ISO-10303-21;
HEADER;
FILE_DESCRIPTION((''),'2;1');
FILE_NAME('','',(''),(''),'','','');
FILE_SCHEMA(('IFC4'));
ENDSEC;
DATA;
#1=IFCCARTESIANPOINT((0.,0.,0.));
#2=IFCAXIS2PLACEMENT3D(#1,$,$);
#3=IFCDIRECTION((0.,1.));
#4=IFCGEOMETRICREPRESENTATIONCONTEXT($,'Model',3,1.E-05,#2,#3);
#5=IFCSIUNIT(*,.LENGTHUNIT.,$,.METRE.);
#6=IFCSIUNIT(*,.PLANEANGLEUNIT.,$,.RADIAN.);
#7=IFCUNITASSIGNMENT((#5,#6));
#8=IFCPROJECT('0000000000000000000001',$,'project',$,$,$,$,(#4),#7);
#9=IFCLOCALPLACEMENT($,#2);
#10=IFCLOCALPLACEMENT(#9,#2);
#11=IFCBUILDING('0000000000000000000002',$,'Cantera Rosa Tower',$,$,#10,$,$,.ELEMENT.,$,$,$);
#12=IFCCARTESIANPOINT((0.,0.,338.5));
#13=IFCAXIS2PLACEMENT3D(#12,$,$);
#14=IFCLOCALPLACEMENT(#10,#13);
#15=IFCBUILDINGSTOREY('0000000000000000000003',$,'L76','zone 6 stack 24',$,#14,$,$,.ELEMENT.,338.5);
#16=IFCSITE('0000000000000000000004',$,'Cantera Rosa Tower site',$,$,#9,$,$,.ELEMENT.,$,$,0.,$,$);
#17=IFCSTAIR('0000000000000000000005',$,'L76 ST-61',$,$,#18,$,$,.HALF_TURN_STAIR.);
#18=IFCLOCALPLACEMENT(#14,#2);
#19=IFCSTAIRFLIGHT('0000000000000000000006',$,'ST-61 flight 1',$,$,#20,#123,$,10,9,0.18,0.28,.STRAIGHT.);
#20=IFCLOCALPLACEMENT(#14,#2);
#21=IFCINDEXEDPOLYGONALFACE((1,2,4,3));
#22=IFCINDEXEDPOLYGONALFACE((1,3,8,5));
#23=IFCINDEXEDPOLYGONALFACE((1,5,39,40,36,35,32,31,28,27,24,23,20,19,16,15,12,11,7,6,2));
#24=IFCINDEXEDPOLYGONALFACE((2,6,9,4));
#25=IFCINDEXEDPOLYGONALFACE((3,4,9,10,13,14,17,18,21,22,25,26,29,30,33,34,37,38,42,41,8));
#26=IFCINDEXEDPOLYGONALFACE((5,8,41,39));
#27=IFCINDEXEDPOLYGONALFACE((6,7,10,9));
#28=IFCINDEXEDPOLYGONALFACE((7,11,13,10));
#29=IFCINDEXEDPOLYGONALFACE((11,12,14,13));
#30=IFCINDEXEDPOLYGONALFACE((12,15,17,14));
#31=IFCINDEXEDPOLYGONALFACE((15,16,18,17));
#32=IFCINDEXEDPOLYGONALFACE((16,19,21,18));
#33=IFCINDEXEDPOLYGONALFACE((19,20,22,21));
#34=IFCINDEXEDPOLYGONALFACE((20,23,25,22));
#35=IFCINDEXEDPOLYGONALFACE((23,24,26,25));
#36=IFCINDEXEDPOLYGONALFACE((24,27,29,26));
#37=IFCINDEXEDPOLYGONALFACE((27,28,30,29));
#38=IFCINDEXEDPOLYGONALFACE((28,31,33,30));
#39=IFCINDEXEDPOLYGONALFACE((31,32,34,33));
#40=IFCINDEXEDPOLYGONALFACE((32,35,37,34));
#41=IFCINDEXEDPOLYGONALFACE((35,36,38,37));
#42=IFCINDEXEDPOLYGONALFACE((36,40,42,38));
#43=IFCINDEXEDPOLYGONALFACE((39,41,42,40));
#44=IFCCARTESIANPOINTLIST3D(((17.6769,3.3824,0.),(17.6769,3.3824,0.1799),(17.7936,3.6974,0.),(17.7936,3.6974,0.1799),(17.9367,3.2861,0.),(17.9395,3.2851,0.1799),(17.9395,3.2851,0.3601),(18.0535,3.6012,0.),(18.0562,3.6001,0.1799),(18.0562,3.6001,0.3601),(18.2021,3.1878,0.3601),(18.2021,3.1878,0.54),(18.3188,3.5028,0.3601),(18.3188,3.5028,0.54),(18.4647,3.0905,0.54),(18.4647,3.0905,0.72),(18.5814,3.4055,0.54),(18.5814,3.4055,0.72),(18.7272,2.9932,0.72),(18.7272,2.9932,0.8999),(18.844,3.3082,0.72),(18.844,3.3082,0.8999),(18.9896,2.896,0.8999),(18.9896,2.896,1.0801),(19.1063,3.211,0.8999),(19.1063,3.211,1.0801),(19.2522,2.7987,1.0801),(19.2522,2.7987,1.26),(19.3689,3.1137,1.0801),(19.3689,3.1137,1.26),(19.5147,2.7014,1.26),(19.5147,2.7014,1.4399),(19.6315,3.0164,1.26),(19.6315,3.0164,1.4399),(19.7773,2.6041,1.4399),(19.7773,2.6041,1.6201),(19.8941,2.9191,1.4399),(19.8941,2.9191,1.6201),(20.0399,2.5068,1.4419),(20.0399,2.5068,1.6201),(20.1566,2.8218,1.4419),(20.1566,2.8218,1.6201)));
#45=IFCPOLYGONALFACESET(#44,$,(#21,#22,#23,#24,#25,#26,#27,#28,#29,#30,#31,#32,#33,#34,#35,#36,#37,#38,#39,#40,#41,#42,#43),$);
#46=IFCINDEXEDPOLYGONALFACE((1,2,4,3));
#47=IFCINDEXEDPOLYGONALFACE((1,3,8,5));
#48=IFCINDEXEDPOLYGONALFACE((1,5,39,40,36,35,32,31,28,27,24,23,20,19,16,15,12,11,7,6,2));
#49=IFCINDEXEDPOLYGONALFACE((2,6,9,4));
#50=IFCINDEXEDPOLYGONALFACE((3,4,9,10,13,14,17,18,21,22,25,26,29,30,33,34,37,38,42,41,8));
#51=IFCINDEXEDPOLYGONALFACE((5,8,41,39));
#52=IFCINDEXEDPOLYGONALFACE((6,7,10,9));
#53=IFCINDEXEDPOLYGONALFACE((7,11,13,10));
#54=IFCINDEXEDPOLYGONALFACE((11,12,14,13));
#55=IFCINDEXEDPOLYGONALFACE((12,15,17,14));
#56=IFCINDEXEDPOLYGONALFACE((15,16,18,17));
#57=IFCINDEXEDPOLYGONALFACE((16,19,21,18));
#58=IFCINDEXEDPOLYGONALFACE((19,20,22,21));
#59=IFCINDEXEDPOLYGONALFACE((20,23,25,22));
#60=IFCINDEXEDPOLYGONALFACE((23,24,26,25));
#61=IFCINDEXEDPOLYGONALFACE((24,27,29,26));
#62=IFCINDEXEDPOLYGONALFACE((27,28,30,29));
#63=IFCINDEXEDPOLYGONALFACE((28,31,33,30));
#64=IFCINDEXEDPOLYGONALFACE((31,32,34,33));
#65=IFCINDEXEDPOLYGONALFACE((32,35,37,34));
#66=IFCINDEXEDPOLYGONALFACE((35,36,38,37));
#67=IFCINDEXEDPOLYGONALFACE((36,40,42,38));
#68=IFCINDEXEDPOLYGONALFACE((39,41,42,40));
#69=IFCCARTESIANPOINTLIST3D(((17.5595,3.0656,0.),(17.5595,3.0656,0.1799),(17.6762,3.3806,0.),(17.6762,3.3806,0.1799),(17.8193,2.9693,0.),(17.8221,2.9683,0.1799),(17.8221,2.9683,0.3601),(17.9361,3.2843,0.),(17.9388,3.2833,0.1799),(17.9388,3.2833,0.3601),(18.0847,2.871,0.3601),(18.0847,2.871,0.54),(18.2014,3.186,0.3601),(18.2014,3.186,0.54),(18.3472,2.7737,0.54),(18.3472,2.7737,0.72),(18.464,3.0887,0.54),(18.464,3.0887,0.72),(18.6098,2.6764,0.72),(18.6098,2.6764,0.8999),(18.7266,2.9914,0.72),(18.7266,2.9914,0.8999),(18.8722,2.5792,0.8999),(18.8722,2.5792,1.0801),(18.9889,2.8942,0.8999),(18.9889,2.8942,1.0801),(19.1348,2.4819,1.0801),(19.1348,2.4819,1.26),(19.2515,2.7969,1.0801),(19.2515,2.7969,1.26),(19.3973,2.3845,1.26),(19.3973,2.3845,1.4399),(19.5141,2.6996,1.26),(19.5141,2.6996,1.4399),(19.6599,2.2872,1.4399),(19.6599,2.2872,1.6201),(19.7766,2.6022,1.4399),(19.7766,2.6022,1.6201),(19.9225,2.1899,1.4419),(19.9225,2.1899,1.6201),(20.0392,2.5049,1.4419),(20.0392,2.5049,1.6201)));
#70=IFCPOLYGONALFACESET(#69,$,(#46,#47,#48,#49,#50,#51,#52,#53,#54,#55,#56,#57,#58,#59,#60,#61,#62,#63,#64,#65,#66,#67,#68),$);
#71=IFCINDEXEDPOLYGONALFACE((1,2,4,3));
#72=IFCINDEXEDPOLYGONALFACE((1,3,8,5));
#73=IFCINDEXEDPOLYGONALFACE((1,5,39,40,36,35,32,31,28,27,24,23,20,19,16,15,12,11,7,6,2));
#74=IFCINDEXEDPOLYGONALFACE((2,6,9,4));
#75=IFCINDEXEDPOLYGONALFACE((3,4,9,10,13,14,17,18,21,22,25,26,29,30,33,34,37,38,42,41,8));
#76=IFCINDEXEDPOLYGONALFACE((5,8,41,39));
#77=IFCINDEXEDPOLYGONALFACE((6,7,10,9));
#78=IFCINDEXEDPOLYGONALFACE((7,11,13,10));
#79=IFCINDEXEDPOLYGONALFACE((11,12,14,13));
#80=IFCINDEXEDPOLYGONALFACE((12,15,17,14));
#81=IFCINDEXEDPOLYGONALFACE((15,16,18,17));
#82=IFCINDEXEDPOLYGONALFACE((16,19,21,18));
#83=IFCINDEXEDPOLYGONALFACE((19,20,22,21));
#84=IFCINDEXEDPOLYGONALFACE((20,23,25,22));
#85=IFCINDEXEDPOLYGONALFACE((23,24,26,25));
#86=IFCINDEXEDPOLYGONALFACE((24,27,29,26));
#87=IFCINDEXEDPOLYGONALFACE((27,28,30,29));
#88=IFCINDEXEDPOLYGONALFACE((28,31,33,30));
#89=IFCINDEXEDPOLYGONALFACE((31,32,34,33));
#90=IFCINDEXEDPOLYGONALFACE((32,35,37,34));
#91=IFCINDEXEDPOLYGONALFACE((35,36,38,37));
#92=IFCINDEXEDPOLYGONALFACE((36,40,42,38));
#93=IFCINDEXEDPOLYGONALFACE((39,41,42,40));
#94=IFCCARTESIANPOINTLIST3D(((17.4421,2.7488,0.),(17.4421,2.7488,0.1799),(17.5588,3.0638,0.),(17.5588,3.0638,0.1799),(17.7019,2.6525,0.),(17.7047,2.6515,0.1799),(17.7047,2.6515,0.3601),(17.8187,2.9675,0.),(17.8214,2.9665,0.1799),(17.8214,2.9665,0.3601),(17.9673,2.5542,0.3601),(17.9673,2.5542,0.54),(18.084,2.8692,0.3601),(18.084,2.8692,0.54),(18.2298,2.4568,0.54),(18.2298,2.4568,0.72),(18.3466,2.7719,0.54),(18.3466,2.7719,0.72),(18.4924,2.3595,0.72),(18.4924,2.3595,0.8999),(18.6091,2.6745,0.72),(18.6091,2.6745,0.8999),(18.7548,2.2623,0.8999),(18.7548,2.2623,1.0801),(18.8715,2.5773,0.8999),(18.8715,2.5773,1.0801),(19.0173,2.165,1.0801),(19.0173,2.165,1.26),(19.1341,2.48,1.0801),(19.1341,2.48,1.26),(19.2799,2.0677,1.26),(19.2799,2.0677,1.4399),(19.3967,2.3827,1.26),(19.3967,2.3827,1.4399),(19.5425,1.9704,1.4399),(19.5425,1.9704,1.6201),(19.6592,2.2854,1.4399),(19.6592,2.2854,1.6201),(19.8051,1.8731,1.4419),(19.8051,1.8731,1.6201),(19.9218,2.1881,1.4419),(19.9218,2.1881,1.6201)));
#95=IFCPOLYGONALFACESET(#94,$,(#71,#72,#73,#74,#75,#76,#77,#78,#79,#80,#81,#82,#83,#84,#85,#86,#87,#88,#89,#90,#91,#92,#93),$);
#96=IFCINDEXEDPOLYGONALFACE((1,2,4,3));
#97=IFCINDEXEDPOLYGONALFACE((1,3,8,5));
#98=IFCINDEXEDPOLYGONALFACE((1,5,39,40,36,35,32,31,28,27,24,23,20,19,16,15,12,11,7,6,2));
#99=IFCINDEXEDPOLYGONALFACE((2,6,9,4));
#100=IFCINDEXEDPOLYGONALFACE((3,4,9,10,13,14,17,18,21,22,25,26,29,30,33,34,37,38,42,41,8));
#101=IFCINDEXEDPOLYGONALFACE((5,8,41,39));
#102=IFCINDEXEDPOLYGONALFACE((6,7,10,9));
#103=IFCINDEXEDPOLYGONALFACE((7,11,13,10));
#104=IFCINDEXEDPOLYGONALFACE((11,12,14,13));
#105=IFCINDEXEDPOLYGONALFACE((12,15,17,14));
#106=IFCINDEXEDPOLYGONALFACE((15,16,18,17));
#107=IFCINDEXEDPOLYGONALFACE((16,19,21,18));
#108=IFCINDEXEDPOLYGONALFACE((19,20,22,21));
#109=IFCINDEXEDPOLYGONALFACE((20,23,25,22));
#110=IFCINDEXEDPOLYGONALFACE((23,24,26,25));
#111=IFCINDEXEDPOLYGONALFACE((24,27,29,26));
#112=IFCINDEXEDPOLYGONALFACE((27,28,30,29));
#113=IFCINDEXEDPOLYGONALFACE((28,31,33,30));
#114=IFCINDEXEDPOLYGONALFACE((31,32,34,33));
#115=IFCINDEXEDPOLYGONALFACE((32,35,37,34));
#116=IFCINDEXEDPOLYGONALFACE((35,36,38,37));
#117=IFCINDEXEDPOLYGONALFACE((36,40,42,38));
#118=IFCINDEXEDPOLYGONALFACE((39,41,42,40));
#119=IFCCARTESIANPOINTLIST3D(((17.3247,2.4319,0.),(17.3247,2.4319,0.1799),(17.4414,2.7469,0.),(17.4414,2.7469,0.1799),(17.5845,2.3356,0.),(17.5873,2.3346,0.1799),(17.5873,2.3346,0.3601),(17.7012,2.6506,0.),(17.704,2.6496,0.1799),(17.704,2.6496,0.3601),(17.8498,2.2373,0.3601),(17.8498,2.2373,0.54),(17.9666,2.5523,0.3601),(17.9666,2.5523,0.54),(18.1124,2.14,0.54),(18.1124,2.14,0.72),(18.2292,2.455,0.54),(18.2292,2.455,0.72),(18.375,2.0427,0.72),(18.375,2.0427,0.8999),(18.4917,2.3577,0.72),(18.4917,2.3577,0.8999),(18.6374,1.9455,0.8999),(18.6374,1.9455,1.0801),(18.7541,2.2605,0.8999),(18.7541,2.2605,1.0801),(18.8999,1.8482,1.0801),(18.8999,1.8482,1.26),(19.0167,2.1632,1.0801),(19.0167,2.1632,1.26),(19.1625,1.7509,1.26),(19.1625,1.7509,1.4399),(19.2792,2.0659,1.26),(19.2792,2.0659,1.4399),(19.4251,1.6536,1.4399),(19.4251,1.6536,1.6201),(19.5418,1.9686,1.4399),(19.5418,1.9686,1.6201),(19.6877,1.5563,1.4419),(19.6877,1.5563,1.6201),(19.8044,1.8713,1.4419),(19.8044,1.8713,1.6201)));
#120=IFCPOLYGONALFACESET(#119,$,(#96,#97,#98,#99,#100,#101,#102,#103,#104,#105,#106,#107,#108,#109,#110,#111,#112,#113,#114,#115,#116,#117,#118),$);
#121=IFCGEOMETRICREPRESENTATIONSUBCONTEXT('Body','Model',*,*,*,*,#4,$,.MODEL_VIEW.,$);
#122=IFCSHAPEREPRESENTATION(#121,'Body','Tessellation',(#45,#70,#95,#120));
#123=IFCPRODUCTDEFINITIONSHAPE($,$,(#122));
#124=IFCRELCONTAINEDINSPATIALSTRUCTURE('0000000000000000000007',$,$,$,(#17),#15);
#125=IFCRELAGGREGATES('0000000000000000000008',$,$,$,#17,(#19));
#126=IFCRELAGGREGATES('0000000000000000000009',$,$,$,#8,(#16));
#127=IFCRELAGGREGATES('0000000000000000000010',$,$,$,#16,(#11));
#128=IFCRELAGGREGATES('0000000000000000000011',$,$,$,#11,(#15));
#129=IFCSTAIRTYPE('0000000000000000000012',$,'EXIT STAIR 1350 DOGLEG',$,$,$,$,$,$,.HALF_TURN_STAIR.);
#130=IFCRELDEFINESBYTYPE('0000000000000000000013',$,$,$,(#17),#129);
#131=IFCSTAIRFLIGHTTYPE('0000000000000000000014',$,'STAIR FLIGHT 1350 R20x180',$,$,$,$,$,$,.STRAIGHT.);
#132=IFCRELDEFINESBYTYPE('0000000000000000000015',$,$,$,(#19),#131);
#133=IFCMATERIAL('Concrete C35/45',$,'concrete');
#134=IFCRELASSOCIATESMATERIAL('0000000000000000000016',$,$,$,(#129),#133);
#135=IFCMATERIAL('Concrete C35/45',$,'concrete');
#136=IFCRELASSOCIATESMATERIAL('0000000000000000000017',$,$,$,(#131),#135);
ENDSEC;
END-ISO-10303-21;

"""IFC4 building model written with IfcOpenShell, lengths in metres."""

from ifc_helpers import new_model, si_unit, direction, frame, origin, place, context, subcontext, project, spatial, polyline, outline, extrude, material, type_object, element, aggregate, save


model = new_model("IFC4")

# Units and contexts
model_context = context("Model", 3, precision=1e-05, world=origin(), true_north=direction((0.0, 1.0)))
body_context = subcontext(model_context, "Body", "Model", "MODEL_VIEW")
ifc_project = project(units=[si_unit("LENGTHUNIT", "METRE"), si_unit("PLANEANGLEUNIT", "RADIAN")], contexts=[model_context])

# Site, building, storey
site_placement = place(None, origin())
site = spatial("IfcSite", under=ifc_project, at=site_placement, Name="Cantera Rosa Tower site", CompositionType="ELEMENT", RefElevation=0.0)
building_placement = place(site_placement, origin())
building = spatial("IfcBuilding", under=site, at=building_placement, Name="Cantera Rosa Tower", CompositionType="ELEMENT")
storey_placement = place(building_placement, frame((0.0, 0.0, 338.5)))
storey = spatial("IfcBuildingStorey", under=building, at=storey_placement, Name="L76", Description="zone 6 stack 24", CompositionType="ELEMENT", Elevation=338.5)

# Stair, stair flight
ifc_material_1 = material(Name="Concrete C35/45", Category="concrete")
stair_type = type_object("IfcStairType", Name="EXIT STAIR 1350 DOGLEG", PredefinedType="HALF_TURN_STAIR", material=ifc_material_1)
stair_placement = place(storey_placement, origin())
stair = element("IfcStair", 1, at=stair_placement, inside=storey, type_object=stair_type, Name="L76 ST-61", PredefinedType="HALF_TURN_STAIR")
ifc_material_2 = material(Name="Concrete C35/45", Category="concrete")
stair_flight_type = type_object("IfcStairFlightType", Name="STAIR FLIGHT 1350 R20x180", PredefinedType="STRAIGHT", material=ifc_material_2)
stair_flight_1_placement = place(storey_placement, frame((17.5591, 3.0645, 0.0), z_axis=(0.0, 0.0, 1.0), x_axis=(0.937687, -0.347481, 0.0)))
stair_flight_1 = element("IfcStairFlight", 2, at=stair_flight_1_placement, type_object=stair_flight_type, Name="ST-61 flight 1", NumberOfRisers=10, NumberOfTreads=9, PredefinedType="STRAIGHT", RiserHeight=0.18, TreadLength=0.28, context=body_context, shape_type="SweptSolid", body=[
    extrude(outline(polyline([(0.0, 0.0), (0.0, 0.1799), (0.28, 0.1799), (0.28, 0.3601), (0.5601, 0.3601), (0.5601, 0.54), (0.8401, 0.54), (0.8401, 0.72), (1.1201, 0.72), (1.1201, 0.8999), (1.3999, 0.8999), (1.3999, 1.0801), (1.6799, 1.0801), (1.6799, 1.26), (1.96, 1.26), (1.96, 1.4399), (2.24, 1.4399), (2.24, 1.6201), (2.52, 1.6201), (2.52, 1.8), (2.52, 1.4419), (0.2771, 0.0), (0.0, 0.0)])), frame((0.0, 0.675, 0.0), z_axis=(0.0, -1.0, 0.0), x_axis=(1.0, 0.0, 0.0)), (0.0, 0.0, 1.0), 0.3359),
    extrude(outline(polyline([(0.0, 0.0), (0.0, 0.1799), (0.28, 0.1799), (0.28, 0.3601), (0.5601, 0.3601), (0.5601, 0.54), (0.8401, 0.54), (0.8401, 0.72), (1.1201, 0.72), (1.1201, 0.8999), (1.3999, 0.8999), (1.3999, 1.0801), (1.6799, 1.0801), (1.6799, 1.26), (1.96, 1.26), (1.96, 1.4399), (2.24, 1.4399), (2.24, 1.6201), (2.52, 1.6201), (2.52, 1.8), (2.52, 1.4419), (0.2771, 0.0), (0.0, 0.0)])), frame((0.0, 0.3372, 0.0), z_axis=(0.0, -1.0, 0.0), x_axis=(1.0, 0.0, 0.0)), (0.0, 0.0, 1.0), 0.3359),
    extrude(outline(polyline([(0.0, 0.0), (0.0, 0.1799), (0.28, 0.1799), (0.28, 0.3601), (0.5601, 0.3601), (0.5601, 0.54), (0.8401, 0.54), (0.8401, 0.72), (1.1201, 0.72), (1.1201, 0.8999), (1.3999, 0.8999), (1.3999, 1.0801), (1.6799, 1.0801), (1.6799, 1.26), (1.96, 1.26), (1.96, 1.4399), (2.24, 1.4399), (2.24, 1.6201), (2.52, 1.6201), (2.52, 1.8), (2.52, 1.4419), (0.2771, 0.0), (0.0, 0.0)])), frame((0.0, -0.0007, 0.0), z_axis=(0.0, -1.0, 0.0), x_axis=(1.0, 0.0, 0.0)), (0.0, 0.0, 1.0), 0.3359),
    extrude(outline(polyline([(0.0, 0.0), (0.0, 0.1799), (0.28, 0.1799), (0.28, 0.3601), (0.5601, 0.3601), (0.5601, 0.54), (0.8401, 0.54), (0.8401, 0.72), (1.1201, 0.72), (1.1201, 0.8999), (1.3999, 0.8999), (1.3999, 1.0801), (1.6799, 1.0801), (1.6799, 1.26), (1.96, 1.26), (1.96, 1.4399), (2.24, 1.4399), (2.24, 1.6201), (2.52, 1.6201), (2.52, 1.8), (2.52, 1.4419), (0.2771, 0.0), (0.0, 0.0)])), frame((0.0, -0.3386, 0.0), z_axis=(0.0, -1.0, 0.0), x_axis=(1.0, 0.0, 0.0)), (0.0, 0.0, 1.0), 0.3359),
])
aggregate(stair, [stair_flight_1])

save(model, "model.ifc")
